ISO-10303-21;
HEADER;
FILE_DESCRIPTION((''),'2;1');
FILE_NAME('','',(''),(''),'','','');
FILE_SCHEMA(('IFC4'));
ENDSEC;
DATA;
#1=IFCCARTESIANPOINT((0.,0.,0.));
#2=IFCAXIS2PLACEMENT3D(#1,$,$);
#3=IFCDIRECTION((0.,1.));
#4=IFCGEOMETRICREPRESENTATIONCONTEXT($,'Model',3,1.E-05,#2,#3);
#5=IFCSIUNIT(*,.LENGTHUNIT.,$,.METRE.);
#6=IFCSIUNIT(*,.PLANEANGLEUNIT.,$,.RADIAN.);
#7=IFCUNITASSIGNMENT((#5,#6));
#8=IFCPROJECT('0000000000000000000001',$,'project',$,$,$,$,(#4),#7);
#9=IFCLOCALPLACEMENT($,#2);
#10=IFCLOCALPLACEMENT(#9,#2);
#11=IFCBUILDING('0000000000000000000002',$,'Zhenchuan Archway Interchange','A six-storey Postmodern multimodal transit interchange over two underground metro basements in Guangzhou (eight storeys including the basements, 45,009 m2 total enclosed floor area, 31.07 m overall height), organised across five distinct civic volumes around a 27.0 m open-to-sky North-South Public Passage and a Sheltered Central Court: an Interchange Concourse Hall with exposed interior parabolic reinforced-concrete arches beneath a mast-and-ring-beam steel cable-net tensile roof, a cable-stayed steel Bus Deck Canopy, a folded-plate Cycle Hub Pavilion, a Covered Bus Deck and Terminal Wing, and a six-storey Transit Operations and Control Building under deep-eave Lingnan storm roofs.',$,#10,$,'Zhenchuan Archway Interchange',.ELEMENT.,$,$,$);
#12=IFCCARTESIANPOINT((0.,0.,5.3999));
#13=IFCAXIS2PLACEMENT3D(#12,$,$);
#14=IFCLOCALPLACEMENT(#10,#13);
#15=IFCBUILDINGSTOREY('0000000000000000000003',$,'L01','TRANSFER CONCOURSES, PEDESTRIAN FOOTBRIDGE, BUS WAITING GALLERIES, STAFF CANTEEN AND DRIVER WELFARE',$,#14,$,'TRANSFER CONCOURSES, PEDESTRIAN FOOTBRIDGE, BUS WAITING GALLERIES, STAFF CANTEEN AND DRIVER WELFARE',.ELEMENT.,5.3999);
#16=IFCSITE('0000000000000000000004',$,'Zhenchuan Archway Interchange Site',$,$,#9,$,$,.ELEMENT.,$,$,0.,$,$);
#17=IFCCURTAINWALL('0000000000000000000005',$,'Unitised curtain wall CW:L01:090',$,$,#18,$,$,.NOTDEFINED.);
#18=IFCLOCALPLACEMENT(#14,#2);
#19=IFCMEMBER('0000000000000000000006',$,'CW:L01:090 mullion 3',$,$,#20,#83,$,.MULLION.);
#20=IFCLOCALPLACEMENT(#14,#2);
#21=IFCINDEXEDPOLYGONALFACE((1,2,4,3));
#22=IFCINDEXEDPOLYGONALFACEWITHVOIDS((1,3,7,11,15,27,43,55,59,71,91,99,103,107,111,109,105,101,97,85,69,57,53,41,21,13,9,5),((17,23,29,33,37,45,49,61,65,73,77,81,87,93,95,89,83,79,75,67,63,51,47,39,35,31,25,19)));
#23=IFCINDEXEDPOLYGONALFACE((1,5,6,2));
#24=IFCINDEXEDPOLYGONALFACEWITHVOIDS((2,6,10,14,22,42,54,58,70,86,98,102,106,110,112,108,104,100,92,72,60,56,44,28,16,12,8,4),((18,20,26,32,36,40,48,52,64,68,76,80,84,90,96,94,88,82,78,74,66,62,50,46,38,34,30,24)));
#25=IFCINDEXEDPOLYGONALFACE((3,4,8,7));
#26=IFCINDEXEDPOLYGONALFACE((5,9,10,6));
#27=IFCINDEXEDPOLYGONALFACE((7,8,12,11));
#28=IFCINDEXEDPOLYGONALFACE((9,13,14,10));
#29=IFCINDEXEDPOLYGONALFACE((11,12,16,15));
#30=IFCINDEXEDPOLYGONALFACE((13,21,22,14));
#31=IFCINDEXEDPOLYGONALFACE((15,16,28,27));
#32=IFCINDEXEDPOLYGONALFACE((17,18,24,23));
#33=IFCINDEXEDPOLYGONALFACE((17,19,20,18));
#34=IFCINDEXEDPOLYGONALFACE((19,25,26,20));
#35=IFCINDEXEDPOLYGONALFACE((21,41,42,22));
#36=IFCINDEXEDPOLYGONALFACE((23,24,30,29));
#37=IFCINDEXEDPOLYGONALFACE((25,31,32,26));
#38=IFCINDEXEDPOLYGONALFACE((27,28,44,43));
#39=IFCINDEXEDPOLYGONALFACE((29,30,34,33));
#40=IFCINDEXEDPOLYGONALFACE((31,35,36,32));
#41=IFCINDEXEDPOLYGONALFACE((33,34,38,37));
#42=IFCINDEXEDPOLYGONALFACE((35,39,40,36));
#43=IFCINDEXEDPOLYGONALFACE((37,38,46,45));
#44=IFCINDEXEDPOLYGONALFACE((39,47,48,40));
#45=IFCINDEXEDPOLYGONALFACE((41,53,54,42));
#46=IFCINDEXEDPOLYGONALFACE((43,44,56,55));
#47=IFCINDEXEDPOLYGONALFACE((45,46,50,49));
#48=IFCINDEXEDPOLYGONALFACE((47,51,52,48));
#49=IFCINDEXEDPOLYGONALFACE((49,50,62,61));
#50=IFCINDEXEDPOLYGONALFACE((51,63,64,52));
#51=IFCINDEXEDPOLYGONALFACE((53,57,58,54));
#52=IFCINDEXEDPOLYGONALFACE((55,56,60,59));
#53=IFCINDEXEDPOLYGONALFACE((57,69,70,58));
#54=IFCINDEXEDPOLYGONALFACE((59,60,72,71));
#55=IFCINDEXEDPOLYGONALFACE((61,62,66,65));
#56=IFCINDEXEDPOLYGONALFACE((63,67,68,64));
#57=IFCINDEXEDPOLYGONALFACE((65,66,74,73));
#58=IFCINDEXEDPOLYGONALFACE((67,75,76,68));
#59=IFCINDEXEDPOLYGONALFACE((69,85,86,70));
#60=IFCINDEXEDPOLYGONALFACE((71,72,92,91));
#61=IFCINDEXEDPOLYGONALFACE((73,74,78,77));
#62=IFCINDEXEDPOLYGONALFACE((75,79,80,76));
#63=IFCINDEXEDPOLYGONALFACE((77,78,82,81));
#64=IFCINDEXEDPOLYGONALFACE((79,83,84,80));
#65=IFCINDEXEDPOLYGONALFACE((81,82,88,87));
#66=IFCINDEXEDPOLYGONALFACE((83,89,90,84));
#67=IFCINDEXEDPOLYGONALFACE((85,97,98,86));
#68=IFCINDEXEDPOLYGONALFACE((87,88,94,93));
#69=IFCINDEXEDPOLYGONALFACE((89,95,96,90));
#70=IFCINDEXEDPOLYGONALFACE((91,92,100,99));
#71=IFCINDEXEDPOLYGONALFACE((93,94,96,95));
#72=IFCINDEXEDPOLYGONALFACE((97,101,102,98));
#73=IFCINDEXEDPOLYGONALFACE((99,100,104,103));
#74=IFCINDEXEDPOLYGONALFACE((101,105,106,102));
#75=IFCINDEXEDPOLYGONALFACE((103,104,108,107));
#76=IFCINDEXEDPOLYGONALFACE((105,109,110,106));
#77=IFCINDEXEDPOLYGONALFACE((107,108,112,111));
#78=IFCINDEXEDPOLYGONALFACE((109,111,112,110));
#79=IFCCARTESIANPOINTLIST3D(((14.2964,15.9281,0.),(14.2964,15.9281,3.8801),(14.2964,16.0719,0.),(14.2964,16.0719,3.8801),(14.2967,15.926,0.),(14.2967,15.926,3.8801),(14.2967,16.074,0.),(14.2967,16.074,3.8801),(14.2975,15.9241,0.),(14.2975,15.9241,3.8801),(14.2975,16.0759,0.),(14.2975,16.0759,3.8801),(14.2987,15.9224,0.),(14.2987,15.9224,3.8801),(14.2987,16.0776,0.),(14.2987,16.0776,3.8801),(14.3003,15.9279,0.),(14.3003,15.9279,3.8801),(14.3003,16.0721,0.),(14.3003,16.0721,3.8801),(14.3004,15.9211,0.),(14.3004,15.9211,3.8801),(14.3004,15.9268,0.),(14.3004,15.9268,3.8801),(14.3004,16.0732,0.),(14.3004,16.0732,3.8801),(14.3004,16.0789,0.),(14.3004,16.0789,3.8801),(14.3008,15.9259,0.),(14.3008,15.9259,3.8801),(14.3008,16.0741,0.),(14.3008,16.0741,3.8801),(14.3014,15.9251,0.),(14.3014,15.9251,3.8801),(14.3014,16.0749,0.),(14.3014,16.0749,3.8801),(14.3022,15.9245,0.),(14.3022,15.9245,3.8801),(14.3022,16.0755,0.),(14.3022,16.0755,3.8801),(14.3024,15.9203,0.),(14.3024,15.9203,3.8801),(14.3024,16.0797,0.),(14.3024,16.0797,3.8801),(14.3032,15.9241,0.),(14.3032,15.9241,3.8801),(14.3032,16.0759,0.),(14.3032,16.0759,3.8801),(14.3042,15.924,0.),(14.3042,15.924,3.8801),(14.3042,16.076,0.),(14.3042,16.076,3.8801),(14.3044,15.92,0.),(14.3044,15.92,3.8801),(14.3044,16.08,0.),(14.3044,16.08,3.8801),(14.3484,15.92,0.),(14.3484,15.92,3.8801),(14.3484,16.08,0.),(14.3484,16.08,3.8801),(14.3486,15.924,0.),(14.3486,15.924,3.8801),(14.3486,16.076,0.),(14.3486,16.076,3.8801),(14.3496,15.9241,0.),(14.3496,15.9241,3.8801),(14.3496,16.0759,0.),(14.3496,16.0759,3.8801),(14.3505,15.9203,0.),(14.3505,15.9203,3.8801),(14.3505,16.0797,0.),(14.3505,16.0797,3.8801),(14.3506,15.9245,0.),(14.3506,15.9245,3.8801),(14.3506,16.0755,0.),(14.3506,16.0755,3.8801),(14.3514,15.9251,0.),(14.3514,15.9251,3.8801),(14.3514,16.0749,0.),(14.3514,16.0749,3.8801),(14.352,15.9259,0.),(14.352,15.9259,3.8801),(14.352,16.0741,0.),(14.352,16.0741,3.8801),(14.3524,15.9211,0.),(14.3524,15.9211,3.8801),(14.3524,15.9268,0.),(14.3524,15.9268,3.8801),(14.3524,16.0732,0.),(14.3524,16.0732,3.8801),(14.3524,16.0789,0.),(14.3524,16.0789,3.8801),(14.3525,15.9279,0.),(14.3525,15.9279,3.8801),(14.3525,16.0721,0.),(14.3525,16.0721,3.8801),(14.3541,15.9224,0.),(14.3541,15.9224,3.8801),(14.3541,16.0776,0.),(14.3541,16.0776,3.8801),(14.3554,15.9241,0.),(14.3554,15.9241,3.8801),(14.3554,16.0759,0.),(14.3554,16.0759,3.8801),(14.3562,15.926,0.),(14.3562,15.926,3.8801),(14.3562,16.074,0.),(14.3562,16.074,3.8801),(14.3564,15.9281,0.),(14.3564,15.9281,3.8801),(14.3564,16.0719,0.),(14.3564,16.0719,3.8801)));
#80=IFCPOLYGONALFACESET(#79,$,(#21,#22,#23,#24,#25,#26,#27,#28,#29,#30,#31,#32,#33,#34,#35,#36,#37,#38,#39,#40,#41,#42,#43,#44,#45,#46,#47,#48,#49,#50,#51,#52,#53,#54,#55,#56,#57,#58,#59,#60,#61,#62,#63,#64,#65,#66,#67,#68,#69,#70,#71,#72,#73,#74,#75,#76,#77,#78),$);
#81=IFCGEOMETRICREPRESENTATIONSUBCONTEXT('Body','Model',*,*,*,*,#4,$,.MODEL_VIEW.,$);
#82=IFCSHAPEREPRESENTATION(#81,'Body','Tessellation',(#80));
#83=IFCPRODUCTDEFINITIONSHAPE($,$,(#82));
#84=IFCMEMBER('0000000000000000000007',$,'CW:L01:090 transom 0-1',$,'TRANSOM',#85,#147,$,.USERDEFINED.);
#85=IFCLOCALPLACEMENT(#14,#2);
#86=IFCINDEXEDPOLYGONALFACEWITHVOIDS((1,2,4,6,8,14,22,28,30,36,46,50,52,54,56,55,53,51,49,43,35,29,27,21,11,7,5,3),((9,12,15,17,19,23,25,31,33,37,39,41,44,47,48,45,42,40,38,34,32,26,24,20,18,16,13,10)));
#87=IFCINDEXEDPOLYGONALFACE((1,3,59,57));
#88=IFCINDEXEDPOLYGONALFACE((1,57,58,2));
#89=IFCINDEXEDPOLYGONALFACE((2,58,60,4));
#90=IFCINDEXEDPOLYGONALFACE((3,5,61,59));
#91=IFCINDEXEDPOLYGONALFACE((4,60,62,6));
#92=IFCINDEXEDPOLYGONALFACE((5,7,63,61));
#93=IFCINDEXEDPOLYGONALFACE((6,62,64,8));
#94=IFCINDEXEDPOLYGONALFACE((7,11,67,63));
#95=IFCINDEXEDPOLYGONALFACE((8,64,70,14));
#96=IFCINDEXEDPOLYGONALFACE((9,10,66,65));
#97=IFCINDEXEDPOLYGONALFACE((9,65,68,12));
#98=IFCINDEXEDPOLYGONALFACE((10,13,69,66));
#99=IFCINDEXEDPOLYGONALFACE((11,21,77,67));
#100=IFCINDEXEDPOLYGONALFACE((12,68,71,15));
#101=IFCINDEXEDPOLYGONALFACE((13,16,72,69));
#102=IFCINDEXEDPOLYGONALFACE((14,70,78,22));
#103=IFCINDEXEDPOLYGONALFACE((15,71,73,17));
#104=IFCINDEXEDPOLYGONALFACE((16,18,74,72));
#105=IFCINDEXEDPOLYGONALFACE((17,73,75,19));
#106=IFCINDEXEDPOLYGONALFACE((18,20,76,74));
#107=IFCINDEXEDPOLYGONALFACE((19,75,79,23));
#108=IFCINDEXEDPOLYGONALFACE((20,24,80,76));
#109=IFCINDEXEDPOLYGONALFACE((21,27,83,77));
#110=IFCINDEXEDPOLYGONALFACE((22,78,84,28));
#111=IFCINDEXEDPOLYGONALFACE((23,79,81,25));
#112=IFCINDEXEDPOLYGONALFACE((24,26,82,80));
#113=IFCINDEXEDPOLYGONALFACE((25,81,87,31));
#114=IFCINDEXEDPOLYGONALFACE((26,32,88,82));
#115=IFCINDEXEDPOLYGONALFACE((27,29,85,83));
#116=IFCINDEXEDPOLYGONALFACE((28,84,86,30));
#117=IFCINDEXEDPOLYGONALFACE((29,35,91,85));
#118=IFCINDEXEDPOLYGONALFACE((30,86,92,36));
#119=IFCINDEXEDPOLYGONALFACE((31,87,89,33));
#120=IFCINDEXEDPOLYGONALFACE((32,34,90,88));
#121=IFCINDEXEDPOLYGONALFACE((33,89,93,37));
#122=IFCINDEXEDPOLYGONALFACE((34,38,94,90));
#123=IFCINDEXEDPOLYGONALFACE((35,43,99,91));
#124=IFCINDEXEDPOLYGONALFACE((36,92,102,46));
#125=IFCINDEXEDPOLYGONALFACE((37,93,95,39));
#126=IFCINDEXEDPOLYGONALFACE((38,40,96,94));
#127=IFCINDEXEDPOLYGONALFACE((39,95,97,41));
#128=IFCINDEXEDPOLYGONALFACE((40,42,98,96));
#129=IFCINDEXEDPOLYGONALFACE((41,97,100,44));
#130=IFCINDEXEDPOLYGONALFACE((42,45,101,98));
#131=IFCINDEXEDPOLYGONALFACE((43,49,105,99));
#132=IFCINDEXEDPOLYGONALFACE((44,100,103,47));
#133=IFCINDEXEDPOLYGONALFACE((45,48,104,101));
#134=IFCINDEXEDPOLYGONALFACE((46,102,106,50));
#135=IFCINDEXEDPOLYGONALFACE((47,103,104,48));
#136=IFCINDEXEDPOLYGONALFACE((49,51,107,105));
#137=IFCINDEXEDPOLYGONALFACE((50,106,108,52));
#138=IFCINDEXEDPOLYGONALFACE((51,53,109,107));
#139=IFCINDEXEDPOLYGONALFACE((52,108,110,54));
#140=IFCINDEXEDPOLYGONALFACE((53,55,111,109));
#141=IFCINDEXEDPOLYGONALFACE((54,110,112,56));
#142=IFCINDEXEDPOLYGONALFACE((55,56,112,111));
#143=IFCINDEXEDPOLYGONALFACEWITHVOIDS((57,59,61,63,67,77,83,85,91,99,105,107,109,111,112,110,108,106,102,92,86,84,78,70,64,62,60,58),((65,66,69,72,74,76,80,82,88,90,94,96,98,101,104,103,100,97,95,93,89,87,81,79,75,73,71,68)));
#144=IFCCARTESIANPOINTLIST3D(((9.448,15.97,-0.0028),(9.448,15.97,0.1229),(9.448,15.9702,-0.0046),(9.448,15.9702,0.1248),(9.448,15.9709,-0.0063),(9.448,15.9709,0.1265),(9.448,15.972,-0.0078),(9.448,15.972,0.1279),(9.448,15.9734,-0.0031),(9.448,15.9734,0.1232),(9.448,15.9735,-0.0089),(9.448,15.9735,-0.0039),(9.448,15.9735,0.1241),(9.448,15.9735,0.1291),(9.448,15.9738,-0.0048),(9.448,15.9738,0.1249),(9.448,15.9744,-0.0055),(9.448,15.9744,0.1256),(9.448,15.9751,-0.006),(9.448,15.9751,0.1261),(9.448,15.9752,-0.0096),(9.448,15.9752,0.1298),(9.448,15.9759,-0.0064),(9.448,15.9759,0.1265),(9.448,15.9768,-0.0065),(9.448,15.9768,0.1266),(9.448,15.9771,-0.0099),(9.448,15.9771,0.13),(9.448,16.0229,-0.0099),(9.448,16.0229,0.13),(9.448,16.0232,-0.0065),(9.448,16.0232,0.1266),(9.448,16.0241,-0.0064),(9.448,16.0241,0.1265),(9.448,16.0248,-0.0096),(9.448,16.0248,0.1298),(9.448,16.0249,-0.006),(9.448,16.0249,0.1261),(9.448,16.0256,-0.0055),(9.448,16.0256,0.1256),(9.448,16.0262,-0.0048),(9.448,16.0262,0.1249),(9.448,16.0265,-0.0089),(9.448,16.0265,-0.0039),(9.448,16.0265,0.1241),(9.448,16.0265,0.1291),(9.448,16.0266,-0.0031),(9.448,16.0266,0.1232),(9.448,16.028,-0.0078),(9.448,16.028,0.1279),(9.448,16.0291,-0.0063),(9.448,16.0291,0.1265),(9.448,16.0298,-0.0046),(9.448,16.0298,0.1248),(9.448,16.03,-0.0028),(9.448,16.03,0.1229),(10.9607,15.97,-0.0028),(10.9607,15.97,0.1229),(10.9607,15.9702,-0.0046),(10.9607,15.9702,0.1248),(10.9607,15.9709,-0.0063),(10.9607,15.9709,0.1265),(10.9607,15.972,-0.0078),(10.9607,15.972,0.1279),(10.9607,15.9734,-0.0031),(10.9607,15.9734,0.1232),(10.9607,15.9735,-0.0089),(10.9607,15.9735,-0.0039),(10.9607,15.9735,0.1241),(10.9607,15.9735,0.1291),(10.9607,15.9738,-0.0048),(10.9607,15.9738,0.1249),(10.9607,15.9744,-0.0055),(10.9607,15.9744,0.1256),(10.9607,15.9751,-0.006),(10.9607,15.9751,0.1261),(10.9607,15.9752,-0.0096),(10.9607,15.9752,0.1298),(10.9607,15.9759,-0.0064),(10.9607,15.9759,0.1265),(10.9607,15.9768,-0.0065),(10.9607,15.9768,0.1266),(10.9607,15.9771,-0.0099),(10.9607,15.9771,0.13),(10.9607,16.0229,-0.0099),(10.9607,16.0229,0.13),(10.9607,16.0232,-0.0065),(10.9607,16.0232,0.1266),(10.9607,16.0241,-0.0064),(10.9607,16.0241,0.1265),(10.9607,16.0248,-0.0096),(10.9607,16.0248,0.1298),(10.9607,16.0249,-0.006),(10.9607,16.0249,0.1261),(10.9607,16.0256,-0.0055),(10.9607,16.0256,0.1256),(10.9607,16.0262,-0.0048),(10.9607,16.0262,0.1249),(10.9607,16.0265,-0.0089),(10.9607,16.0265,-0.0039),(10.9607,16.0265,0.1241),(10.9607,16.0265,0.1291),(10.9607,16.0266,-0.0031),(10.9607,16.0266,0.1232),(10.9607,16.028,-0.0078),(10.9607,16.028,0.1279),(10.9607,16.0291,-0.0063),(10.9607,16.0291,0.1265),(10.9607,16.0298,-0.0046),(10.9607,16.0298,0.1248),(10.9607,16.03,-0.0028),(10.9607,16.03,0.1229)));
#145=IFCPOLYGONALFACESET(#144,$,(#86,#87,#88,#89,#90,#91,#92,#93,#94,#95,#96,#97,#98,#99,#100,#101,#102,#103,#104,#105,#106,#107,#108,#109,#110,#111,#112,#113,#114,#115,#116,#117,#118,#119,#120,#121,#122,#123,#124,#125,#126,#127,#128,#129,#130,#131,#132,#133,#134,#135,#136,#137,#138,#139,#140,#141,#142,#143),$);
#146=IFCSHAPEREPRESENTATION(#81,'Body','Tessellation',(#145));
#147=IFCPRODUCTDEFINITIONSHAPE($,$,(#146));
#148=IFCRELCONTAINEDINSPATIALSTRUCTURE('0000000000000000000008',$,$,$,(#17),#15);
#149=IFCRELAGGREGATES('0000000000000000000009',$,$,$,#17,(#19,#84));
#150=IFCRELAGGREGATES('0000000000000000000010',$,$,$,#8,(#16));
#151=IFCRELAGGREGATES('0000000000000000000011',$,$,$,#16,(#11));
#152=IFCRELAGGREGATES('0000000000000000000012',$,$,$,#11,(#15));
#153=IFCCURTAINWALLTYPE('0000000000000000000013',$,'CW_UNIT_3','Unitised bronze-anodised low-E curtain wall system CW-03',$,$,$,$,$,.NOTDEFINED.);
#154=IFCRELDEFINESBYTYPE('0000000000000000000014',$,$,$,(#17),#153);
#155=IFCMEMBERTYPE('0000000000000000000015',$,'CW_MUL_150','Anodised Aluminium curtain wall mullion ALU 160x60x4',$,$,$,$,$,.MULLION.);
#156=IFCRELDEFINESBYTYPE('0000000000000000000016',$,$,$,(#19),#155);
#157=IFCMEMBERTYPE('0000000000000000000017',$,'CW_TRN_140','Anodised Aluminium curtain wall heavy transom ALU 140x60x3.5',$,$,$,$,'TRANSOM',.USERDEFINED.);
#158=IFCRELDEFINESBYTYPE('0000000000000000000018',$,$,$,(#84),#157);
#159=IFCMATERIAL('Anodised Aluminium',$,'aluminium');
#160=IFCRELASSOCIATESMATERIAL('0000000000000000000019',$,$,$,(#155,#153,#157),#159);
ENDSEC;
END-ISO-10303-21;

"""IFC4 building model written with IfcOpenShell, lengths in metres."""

from ifc_helpers import new_model, si_unit, direction, frame, origin, origin_2d, place, context, subcontext, project, spatial, hollow_rectangle, extrude, material, material_profile, profile_set, type_object, element, aggregate, save


model = new_model("IFC4")

# Units and contexts
model_context = context("Model", 3, precision=1e-05, world=origin(), true_north=direction((0.0, 1.0)))
body_context = subcontext(model_context, "Body", "Model", "MODEL_VIEW")
ifc_project = project(units=[si_unit("LENGTHUNIT", "METRE"), si_unit("PLANEANGLEUNIT", "RADIAN")], contexts=[model_context])

# Site, building, storey
site_placement = place(None, origin())
site = spatial("IfcSite", under=ifc_project, at=site_placement, Name="Zhenchuan Archway Interchange Site", CompositionType="ELEMENT", RefElevation=0.0)
building_placement = place(site_placement, origin())
building = spatial("IfcBuilding", under=site, at=building_placement, Name="Zhenchuan Archway Interchange", Description="A six-storey Postmodern multimodal transit interchange over two underground metro basements in Guangzhou (eight storeys including the basements, 45,009 m2 total enclosed floor area, 31.07 m overall height), organised across five distinct civic volumes around a 27.0 m open-to-sky North-South Public Passage and a Sheltered Central Court: an Interchange Concourse Hall with exposed interior parabolic reinforced-concrete arches beneath a mast-and-ring-beam steel cable-net tensile roof, a cable-stayed steel Bus Deck Canopy, a folded-plate Cycle Hub Pavilion, a Covered Bus Deck and Terminal Wing, and a six-storey Transit Operations and Control Building under deep-eave Lingnan storm roofs.", LongName="Zhenchuan Archway Interchange", CompositionType="ELEMENT")
storey_placement = place(building_placement, frame((0.0, 0.0, 5.3999)))
storey = spatial("IfcBuildingStorey", under=building, at=storey_placement, Name="L01", Description="TRANSFER CONCOURSES, PEDESTRIAN FOOTBRIDGE, BUS WAITING GALLERIES, STAFF CANTEEN AND DRIVER WELFARE", LongName="TRANSFER CONCOURSES, PEDESTRIAN FOOTBRIDGE, BUS WAITING GALLERIES, STAFF CANTEEN AND DRIVER WELFARE", CompositionType="ELEMENT", Elevation=5.3999)

# Shared definitions
ifc_material_1 = material(Name="Anodised Aluminium", Category="aluminium")
ifc_material_profile_1 = material_profile(ifc_material_1, hollow_rectangle(XDim=0.0601, YDim=0.1599, WallThickness=0.0039, InnerFilletRadius=0.0039, OuterFilletRadius=0.0081, at=origin_2d()), Name="ALU 160x60x4")
ifc_profile_set_1 = profile_set([ifc_material_profile_1], Name="Anodised Aluminium")
member_type_1 = type_object("IfcMemberType", Name="CW_MUL_150", Description="Anodised Aluminium curtain wall mullion ALU 160x60x4", PredefinedType="MULLION", material=ifc_profile_set_1)

# Curtain wall, members
curtain_wall_type_1 = type_object("IfcCurtainWallType", Name="CW_UNIT_3", Description="Unitised bronze-anodised low-E curtain wall system CW-03", PredefinedType="NOTDEFINED", material=ifc_material_1)
curtain_wall_1_placement = place(storey_placement, origin())
curtain_wall_1 = element("IfcCurtainWall", 1, at=curtain_wall_1_placement, inside=storey, type_object=curtain_wall_type_1, Name="Unitised curtain wall CW:L01:090", PredefinedType="NOTDEFINED")
member_1_placement = place(storey_placement, frame((14.3264, 16.0, 0.0), z_axis=(0.0, 0.0, 1.0), x_axis=(1.0, 0.0, 0.0)))
member_1 = element("IfcMember", 2, at=member_1_placement, type_object=member_type_1, Name="CW:L01:090 mullion 3", PredefinedType="MULLION", context=body_context, shape_type="SweptSolid", body=[
    extrude(hollow_rectangle(XDim=0.0601, YDim=0.1599, WallThickness=0.0039, InnerFilletRadius=0.0039, OuterFilletRadius=0.0081, at=origin_2d()), origin(), (0.0, 0.0, 1.0), 3.8801),
])
ifc_material_profile_2 = material_profile(ifc_material_1, hollow_rectangle(XDim=0.0601, YDim=0.1399, WallThickness=0.0034, InnerFilletRadius=0.0034, OuterFilletRadius=0.0071, at=origin_2d()), Name="ALU 140x60x3.5")
ifc_profile_set_2 = profile_set([ifc_material_profile_2], Name="Anodised Aluminium")
member_type_2 = type_object("IfcMemberType", Name="CW_TRN_140", Description="Anodised Aluminium curtain wall heavy transom ALU 140x60x3.5", ElementType="TRANSOM", PredefinedType="USERDEFINED", material=ifc_profile_set_2)
member_2_placement = place(storey_placement, frame((9.448, 16.0, 0.0601), z_axis=(1.0, 0.0, 0.0), x_axis=(0.0, 1.0, 0.0)))
member_2 = element("IfcMember", 3, at=member_2_placement, type_object=member_type_2, Name="CW:L01:090 transom 0-1", ObjectType="TRANSOM", PredefinedType="USERDEFINED", context=body_context, shape_type="SweptSolid", body=[
    extrude(hollow_rectangle(XDim=0.0601, YDim=0.1399, WallThickness=0.0034, InnerFilletRadius=0.0034, OuterFilletRadius=0.0071, at=origin_2d()), origin(), (0.0, 0.0, 1.0), 1.5127),
])

aggregate(curtain_wall_1, [member_1, member_2])

save(model, "model.ifc")
